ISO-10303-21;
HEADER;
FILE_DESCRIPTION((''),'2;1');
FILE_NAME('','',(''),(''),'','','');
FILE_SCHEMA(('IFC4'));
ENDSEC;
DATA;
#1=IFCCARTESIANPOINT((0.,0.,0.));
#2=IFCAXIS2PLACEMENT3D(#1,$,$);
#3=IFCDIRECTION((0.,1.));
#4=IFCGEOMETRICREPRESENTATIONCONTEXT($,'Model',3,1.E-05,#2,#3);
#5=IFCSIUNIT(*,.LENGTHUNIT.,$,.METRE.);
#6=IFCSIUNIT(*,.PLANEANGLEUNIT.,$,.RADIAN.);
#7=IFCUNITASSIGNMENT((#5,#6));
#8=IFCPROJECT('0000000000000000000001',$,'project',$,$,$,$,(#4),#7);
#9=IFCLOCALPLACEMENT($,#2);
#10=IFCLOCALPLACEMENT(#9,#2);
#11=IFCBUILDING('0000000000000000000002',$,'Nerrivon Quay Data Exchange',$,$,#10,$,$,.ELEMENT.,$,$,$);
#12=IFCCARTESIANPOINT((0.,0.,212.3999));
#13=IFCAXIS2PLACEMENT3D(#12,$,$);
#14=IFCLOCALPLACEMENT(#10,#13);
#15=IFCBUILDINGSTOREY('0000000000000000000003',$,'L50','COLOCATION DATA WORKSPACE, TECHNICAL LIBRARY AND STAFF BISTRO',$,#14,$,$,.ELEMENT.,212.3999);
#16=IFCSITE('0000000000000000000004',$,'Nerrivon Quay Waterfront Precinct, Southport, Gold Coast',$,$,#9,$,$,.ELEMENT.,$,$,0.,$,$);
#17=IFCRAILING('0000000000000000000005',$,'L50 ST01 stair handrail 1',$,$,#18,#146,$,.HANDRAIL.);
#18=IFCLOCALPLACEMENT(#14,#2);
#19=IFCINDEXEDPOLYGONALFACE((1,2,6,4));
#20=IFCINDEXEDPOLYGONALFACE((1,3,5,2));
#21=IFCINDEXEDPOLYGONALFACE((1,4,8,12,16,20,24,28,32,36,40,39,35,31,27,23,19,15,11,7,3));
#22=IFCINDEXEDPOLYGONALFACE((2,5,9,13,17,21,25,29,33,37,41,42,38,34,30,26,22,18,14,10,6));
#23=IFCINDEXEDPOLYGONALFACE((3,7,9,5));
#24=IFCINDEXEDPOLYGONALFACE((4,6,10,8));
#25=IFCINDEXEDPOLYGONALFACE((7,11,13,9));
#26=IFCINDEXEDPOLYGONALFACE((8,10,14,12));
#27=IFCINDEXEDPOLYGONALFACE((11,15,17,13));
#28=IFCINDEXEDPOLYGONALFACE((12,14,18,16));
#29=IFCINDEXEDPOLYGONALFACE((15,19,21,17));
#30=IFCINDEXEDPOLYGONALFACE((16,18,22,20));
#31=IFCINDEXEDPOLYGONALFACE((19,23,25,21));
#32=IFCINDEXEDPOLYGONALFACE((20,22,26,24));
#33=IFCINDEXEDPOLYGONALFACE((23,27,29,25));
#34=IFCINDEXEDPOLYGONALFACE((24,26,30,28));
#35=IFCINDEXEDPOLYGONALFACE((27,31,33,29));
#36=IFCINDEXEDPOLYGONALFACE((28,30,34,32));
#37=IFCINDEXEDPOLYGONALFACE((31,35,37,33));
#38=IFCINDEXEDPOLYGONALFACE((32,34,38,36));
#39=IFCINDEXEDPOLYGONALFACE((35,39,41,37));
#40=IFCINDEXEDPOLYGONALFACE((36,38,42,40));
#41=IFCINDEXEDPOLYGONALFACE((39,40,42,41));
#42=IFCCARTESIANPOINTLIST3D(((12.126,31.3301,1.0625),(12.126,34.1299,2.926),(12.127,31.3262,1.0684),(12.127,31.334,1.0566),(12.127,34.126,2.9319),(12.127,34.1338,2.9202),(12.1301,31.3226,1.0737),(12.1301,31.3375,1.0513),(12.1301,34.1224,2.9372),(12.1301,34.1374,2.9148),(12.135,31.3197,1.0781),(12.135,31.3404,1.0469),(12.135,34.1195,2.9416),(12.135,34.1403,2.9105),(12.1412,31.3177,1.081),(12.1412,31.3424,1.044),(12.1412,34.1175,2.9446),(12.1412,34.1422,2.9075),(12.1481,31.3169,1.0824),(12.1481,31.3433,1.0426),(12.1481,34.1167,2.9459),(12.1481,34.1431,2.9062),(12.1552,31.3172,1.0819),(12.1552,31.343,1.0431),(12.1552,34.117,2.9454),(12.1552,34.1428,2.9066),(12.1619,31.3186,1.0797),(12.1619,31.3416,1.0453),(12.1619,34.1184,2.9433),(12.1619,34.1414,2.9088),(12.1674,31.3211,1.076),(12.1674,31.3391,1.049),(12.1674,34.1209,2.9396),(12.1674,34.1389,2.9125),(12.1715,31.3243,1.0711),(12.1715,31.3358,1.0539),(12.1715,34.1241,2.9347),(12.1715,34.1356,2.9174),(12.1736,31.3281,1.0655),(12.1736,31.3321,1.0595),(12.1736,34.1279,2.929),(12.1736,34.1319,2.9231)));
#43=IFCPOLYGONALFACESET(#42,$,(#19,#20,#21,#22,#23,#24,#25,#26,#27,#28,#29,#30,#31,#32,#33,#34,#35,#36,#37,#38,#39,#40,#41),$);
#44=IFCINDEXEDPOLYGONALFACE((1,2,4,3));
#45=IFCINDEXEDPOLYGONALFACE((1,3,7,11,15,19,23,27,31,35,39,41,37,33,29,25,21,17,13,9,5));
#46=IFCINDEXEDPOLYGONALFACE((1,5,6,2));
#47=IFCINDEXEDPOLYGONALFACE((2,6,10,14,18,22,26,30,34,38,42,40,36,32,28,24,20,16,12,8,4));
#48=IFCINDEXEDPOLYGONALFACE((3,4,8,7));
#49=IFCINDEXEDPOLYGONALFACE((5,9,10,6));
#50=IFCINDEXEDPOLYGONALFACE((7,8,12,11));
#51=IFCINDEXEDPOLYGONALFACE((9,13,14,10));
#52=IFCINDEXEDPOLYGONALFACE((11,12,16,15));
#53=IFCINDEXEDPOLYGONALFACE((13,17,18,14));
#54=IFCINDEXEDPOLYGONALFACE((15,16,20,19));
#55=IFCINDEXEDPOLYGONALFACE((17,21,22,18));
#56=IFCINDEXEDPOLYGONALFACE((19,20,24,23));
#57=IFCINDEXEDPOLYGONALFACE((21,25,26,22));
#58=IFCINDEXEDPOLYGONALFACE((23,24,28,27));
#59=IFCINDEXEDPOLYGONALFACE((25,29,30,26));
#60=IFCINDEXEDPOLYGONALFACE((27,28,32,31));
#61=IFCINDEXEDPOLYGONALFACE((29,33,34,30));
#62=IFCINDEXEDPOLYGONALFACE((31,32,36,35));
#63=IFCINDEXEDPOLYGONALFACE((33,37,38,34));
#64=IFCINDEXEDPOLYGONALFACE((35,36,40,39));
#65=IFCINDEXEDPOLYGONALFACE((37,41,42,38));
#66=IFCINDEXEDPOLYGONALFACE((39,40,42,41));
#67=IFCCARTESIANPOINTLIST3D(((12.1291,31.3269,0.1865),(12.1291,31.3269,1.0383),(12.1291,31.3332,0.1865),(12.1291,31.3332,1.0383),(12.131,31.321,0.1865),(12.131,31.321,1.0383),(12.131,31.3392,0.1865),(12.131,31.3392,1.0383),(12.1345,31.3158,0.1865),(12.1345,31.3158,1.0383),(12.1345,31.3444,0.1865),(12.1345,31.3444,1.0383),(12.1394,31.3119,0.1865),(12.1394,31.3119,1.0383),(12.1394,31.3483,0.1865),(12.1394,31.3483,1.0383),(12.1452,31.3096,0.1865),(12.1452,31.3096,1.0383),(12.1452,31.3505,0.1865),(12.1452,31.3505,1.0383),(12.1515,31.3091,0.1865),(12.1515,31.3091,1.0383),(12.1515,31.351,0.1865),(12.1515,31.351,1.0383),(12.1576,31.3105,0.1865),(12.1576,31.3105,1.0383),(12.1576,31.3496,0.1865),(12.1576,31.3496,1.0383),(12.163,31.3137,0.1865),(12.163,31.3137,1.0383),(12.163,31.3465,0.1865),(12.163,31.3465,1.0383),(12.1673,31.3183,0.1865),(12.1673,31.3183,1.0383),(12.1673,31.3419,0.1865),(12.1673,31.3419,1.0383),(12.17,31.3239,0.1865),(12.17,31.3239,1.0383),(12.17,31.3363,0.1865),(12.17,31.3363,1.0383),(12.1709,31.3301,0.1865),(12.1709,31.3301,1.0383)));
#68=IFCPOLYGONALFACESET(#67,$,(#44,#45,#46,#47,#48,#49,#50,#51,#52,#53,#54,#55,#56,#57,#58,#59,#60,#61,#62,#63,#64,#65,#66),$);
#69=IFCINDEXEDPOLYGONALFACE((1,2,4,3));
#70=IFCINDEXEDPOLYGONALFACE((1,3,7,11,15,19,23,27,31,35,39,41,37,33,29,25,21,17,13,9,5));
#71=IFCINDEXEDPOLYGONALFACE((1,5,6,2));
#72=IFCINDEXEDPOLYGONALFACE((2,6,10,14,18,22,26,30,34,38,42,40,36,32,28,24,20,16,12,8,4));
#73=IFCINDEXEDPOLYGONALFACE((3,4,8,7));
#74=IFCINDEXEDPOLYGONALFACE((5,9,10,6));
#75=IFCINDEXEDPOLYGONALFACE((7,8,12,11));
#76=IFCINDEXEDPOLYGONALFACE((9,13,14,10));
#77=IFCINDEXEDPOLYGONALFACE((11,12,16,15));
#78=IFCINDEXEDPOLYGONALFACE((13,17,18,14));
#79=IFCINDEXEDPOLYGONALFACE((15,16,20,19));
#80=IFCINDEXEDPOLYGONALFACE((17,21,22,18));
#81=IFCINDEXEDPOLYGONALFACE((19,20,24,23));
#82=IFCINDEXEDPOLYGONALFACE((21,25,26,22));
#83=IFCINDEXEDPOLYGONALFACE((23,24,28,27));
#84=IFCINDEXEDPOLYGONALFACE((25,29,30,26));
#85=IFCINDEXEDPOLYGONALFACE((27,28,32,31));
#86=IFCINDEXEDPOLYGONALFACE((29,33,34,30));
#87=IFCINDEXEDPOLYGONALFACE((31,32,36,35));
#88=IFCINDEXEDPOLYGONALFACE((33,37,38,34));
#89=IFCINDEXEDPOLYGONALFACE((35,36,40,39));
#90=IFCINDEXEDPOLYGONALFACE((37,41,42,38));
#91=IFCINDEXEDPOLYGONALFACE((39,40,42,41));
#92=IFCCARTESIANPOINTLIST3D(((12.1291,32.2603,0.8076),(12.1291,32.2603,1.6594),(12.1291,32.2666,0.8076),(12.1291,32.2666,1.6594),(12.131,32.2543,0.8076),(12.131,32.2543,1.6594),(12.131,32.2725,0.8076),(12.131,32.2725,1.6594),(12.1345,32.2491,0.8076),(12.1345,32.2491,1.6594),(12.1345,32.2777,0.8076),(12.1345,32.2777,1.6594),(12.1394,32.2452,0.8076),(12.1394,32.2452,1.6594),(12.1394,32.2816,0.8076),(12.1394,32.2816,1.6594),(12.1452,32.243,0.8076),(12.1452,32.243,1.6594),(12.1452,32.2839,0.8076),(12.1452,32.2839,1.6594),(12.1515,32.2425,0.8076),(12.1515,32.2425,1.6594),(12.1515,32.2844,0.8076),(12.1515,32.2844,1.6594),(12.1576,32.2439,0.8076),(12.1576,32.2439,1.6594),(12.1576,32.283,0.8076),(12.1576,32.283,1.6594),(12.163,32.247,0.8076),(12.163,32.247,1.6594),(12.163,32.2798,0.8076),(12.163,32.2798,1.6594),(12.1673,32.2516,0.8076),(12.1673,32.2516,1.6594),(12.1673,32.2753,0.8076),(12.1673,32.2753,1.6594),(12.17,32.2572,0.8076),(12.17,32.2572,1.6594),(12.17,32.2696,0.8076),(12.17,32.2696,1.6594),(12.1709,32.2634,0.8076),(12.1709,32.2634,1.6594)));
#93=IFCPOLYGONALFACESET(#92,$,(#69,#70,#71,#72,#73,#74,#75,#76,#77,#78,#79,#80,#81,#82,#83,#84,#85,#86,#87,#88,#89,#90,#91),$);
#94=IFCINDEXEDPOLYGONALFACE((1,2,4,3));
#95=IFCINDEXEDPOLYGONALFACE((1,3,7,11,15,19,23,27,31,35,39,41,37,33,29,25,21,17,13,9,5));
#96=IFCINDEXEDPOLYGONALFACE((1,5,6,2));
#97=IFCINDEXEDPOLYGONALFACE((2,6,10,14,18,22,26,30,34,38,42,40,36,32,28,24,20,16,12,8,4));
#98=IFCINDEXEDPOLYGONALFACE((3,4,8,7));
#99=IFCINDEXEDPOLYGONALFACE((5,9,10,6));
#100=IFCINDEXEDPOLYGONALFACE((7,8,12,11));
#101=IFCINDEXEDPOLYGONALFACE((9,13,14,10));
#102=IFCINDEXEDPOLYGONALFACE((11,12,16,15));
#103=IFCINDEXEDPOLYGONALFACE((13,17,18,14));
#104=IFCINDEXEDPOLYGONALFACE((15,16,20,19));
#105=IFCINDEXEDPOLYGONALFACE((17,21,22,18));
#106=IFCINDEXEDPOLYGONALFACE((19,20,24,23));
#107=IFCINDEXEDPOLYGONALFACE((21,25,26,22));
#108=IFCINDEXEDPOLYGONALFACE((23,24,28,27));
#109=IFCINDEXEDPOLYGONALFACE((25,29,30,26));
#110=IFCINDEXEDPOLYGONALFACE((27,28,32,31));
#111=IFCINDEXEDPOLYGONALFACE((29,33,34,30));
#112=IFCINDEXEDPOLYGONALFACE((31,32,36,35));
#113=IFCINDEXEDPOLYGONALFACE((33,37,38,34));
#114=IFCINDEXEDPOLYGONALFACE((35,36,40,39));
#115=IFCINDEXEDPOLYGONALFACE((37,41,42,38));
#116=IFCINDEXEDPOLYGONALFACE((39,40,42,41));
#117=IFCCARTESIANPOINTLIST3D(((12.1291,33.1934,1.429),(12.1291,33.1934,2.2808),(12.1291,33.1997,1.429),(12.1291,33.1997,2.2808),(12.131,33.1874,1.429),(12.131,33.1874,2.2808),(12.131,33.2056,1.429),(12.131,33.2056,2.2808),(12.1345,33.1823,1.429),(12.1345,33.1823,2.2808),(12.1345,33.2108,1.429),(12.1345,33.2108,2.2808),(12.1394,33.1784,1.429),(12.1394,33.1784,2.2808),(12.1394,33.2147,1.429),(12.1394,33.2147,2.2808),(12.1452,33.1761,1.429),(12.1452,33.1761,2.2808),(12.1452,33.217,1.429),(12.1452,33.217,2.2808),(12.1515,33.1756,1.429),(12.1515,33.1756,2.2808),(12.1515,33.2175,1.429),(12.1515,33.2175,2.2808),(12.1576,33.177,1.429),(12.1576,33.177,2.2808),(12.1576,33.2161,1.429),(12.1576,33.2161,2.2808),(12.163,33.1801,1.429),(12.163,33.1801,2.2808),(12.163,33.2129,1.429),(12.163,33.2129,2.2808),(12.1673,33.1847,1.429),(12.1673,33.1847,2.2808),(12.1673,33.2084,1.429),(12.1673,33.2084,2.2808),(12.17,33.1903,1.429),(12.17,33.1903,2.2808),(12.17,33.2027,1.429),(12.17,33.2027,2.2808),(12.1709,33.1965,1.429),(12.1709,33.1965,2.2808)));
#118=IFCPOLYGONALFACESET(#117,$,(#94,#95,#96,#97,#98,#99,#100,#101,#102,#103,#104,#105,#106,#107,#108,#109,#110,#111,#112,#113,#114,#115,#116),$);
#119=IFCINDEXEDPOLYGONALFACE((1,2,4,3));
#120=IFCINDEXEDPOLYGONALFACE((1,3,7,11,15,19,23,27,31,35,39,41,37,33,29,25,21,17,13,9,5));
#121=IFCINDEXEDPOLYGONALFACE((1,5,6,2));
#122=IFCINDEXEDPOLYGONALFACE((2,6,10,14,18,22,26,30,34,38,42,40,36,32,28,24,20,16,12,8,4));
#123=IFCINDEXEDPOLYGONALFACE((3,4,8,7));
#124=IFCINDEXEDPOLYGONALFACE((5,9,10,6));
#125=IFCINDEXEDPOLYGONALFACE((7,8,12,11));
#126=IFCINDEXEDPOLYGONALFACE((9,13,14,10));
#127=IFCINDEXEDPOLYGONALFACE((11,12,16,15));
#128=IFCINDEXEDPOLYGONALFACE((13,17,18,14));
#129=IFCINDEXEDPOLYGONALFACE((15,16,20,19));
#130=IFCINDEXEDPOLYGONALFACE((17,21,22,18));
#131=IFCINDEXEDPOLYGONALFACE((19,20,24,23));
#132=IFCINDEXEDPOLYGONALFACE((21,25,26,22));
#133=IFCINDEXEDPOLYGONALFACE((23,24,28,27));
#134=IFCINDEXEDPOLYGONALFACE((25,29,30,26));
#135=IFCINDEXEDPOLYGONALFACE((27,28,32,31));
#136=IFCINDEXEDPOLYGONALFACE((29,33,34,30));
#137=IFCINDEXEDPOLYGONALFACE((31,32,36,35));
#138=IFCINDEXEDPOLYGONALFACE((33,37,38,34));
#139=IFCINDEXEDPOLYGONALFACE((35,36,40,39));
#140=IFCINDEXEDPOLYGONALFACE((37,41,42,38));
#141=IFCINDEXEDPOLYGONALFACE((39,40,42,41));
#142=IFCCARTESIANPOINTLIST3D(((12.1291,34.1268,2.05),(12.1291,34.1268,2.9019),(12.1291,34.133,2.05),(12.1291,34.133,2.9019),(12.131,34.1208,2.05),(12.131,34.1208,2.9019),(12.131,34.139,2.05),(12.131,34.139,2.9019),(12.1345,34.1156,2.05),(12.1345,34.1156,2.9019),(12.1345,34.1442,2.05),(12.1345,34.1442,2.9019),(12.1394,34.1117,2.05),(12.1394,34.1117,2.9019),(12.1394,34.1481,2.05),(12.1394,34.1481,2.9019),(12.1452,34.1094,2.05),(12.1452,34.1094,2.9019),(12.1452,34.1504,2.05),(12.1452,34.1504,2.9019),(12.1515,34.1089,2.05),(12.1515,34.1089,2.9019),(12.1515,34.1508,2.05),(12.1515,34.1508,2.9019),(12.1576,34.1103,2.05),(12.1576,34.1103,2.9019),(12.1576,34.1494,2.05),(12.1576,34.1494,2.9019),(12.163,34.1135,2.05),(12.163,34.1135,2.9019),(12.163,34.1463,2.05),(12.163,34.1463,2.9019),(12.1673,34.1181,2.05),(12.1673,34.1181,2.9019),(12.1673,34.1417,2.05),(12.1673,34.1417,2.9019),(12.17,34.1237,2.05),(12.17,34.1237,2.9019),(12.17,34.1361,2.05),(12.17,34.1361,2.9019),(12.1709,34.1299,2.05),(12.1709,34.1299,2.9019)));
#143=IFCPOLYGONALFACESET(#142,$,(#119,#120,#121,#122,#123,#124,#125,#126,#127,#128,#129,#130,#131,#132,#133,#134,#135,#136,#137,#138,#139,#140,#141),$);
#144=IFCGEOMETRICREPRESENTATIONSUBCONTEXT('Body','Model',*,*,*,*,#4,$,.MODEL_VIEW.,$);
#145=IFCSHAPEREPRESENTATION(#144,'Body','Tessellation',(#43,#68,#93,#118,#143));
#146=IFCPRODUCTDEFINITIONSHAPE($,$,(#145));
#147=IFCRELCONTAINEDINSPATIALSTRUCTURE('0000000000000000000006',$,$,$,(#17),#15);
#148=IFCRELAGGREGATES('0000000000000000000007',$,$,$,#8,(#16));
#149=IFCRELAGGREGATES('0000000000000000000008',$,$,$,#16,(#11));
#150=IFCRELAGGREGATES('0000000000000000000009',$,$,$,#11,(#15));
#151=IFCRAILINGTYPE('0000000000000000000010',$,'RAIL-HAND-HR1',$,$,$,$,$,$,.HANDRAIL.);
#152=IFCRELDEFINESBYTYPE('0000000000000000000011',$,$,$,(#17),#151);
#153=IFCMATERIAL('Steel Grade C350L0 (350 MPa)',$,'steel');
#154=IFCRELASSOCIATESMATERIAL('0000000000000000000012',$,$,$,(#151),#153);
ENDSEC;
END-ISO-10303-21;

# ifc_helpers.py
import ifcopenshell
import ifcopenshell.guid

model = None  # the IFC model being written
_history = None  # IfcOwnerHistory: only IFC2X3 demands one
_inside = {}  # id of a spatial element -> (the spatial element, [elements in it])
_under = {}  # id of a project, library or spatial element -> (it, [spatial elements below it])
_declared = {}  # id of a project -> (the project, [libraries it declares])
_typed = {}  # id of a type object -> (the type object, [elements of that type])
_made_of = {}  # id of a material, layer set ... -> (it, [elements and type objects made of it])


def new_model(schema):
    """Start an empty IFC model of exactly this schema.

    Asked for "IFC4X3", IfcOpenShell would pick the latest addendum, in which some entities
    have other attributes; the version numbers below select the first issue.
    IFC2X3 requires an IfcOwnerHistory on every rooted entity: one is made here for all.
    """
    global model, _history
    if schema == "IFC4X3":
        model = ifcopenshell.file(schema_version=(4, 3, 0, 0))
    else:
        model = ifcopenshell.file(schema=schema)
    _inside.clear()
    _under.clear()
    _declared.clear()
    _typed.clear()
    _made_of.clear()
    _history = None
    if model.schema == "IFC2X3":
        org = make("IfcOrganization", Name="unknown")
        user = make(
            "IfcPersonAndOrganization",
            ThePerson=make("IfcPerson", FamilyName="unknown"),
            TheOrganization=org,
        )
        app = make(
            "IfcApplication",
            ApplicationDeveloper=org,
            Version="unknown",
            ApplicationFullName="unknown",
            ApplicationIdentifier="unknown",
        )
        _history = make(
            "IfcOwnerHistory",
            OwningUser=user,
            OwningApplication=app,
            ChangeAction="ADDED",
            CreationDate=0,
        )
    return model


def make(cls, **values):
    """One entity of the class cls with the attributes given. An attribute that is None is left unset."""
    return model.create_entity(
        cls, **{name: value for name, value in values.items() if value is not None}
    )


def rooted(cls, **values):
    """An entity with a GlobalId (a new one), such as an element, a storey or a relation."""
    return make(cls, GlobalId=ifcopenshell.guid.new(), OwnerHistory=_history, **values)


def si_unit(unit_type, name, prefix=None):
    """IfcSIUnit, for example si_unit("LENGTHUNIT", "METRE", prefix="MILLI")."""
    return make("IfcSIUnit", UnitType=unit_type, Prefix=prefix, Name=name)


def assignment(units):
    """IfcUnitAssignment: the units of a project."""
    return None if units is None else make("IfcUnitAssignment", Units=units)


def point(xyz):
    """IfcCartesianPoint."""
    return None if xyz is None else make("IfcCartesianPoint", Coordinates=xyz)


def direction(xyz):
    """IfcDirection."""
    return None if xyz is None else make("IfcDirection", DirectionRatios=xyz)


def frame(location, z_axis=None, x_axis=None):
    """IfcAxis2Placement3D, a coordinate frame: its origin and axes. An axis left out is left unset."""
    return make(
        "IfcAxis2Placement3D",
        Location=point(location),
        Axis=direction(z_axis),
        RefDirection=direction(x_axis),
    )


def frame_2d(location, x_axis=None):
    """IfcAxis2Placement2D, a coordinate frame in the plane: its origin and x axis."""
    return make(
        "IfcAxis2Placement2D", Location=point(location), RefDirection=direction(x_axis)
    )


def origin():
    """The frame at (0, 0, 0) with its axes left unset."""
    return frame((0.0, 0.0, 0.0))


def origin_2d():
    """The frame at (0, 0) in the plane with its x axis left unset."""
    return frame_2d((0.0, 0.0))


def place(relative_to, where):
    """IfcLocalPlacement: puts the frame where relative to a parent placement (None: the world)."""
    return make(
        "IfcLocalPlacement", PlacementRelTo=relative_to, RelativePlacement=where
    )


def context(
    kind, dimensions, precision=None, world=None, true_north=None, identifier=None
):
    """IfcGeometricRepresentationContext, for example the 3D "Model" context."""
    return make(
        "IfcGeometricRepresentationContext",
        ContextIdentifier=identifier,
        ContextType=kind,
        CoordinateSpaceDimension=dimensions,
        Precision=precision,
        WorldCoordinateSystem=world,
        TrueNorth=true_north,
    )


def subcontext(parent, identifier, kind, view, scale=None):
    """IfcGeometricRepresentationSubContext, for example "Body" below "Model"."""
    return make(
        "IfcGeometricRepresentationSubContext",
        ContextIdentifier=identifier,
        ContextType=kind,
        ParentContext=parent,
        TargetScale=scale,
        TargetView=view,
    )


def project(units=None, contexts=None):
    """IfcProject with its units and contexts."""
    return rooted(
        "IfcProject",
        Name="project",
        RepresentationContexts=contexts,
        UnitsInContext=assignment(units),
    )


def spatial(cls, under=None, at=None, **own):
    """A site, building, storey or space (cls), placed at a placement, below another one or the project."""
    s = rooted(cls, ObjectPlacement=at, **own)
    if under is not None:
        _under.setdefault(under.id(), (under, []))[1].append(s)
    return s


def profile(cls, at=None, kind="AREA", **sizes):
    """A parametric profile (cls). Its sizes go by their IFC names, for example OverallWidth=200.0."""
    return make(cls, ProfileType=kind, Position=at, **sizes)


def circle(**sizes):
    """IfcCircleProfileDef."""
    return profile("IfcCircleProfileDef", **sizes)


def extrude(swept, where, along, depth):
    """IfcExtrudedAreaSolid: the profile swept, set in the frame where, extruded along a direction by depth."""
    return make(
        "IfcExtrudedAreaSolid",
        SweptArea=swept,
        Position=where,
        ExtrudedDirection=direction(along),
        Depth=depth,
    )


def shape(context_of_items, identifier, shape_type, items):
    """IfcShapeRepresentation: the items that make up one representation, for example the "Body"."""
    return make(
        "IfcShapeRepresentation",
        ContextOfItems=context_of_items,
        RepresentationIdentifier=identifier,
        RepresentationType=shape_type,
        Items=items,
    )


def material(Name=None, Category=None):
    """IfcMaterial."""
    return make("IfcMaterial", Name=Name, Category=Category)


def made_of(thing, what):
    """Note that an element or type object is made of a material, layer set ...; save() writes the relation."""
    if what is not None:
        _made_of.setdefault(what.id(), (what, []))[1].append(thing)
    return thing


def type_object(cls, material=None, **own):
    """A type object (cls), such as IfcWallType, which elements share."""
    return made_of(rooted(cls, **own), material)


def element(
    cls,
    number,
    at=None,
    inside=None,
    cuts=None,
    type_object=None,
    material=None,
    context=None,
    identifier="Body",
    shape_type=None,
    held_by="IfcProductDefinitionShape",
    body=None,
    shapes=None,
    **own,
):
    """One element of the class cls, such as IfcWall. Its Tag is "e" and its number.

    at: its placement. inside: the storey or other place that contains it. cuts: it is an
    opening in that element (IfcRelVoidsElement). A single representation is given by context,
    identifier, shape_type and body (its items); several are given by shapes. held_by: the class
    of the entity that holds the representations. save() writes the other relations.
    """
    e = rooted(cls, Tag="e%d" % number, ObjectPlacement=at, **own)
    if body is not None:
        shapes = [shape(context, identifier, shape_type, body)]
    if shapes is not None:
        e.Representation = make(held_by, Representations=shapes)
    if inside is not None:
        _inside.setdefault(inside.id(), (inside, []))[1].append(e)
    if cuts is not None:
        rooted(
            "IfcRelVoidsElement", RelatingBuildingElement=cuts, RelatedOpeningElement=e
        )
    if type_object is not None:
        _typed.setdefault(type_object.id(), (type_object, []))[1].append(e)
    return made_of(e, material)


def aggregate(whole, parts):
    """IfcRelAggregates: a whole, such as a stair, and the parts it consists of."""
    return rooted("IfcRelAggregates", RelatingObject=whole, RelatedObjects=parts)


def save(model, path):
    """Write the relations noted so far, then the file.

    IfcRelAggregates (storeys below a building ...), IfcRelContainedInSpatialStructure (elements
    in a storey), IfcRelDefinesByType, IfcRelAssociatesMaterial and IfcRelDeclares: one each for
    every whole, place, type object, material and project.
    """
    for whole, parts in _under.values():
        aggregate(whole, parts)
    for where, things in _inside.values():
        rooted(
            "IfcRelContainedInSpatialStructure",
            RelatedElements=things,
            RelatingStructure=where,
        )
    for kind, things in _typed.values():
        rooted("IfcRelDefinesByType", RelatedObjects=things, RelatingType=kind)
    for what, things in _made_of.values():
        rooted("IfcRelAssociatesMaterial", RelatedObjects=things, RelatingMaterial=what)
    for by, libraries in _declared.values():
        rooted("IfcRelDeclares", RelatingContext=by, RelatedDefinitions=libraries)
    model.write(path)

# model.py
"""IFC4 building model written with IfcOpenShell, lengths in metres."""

from ifc_helpers import new_model, si_unit, direction, frame, origin, origin_2d, place, context, subcontext, project, spatial, circle, extrude, material, type_object, element, save


model = new_model("IFC4")

# Units and contexts
model_context = context("Model", 3, precision=1e-05, world=origin(), true_north=direction((0.0, 1.0)))
body_context = subcontext(model_context, "Body", "Model", "MODEL_VIEW")
ifc_project = project(units=[si_unit("LENGTHUNIT", "METRE"), si_unit("PLANEANGLEUNIT", "RADIAN")], contexts=[model_context])

# Site, building, storey
site_placement = place(None, origin())
site = spatial("IfcSite", under=ifc_project, at=site_placement, Name="Nerrivon Quay Waterfront Precinct, Southport, Gold Coast", CompositionType="ELEMENT", RefElevation=0.0)
building_placement = place(site_placement, origin())
building = spatial("IfcBuilding", under=site, at=building_placement, Name="Nerrivon Quay Data Exchange", CompositionType="ELEMENT")
storey_placement = place(building_placement, frame((0.0, 0.0, 212.3999)))
storey = spatial("IfcBuildingStorey", under=building, at=storey_placement, Name="L50", Description="COLOCATION DATA WORKSPACE, TECHNICAL LIBRARY AND STAFF BISTRO", CompositionType="ELEMENT", Elevation=212.3999)

# Railing
ifc_material_1 = material(Name="Steel Grade C350L0 (350 MPa)", Category="steel")
railing_type_1 = type_object("IfcRailingType", Name="RAIL-HAND-HR1", PredefinedType="HANDRAIL", material=ifc_material_1)
railing_1_placement = place(storey_placement, frame((12.1499, 31.3301, 0.1865)))
element("IfcRailing", 1, at=railing_1_placement, inside=storey, type_object=railing_type_1, Name="L50 ST01 stair handrail 1", PredefinedType="HANDRAIL", context=body_context, shape_type="SweptSolid", body=[
    extrude(circle(Radius=0.0239, at=origin_2d()), frame((0.0, 0.0, 0.876), z_axis=(0.0, 0.832463, 0.55408), x_axis=(-1.0, 0.0, 0.0)), (0.0, 0.0, 1.0), 3.3633),
    extrude(circle(Radius=0.021, at=origin_2d()), origin(), (0.0, 0.0, 1.0), 0.8518),
    extrude(circle(Radius=0.021, at=origin_2d()), frame((0.0, 0.9333, 0.6211)), (0.0, 0.0, 1.0), 0.8518),
    extrude(circle(Radius=0.021, at=origin_2d()), frame((0.0, 1.8665, 1.2424)), (0.0, 0.0, 1.0), 0.8518),
    extrude(circle(Radius=0.021, at=origin_2d()), frame((0.0, 2.7998, 1.8635)), (0.0, 0.0, 1.0), 0.8518),
])

save(model, "model.ifc")
